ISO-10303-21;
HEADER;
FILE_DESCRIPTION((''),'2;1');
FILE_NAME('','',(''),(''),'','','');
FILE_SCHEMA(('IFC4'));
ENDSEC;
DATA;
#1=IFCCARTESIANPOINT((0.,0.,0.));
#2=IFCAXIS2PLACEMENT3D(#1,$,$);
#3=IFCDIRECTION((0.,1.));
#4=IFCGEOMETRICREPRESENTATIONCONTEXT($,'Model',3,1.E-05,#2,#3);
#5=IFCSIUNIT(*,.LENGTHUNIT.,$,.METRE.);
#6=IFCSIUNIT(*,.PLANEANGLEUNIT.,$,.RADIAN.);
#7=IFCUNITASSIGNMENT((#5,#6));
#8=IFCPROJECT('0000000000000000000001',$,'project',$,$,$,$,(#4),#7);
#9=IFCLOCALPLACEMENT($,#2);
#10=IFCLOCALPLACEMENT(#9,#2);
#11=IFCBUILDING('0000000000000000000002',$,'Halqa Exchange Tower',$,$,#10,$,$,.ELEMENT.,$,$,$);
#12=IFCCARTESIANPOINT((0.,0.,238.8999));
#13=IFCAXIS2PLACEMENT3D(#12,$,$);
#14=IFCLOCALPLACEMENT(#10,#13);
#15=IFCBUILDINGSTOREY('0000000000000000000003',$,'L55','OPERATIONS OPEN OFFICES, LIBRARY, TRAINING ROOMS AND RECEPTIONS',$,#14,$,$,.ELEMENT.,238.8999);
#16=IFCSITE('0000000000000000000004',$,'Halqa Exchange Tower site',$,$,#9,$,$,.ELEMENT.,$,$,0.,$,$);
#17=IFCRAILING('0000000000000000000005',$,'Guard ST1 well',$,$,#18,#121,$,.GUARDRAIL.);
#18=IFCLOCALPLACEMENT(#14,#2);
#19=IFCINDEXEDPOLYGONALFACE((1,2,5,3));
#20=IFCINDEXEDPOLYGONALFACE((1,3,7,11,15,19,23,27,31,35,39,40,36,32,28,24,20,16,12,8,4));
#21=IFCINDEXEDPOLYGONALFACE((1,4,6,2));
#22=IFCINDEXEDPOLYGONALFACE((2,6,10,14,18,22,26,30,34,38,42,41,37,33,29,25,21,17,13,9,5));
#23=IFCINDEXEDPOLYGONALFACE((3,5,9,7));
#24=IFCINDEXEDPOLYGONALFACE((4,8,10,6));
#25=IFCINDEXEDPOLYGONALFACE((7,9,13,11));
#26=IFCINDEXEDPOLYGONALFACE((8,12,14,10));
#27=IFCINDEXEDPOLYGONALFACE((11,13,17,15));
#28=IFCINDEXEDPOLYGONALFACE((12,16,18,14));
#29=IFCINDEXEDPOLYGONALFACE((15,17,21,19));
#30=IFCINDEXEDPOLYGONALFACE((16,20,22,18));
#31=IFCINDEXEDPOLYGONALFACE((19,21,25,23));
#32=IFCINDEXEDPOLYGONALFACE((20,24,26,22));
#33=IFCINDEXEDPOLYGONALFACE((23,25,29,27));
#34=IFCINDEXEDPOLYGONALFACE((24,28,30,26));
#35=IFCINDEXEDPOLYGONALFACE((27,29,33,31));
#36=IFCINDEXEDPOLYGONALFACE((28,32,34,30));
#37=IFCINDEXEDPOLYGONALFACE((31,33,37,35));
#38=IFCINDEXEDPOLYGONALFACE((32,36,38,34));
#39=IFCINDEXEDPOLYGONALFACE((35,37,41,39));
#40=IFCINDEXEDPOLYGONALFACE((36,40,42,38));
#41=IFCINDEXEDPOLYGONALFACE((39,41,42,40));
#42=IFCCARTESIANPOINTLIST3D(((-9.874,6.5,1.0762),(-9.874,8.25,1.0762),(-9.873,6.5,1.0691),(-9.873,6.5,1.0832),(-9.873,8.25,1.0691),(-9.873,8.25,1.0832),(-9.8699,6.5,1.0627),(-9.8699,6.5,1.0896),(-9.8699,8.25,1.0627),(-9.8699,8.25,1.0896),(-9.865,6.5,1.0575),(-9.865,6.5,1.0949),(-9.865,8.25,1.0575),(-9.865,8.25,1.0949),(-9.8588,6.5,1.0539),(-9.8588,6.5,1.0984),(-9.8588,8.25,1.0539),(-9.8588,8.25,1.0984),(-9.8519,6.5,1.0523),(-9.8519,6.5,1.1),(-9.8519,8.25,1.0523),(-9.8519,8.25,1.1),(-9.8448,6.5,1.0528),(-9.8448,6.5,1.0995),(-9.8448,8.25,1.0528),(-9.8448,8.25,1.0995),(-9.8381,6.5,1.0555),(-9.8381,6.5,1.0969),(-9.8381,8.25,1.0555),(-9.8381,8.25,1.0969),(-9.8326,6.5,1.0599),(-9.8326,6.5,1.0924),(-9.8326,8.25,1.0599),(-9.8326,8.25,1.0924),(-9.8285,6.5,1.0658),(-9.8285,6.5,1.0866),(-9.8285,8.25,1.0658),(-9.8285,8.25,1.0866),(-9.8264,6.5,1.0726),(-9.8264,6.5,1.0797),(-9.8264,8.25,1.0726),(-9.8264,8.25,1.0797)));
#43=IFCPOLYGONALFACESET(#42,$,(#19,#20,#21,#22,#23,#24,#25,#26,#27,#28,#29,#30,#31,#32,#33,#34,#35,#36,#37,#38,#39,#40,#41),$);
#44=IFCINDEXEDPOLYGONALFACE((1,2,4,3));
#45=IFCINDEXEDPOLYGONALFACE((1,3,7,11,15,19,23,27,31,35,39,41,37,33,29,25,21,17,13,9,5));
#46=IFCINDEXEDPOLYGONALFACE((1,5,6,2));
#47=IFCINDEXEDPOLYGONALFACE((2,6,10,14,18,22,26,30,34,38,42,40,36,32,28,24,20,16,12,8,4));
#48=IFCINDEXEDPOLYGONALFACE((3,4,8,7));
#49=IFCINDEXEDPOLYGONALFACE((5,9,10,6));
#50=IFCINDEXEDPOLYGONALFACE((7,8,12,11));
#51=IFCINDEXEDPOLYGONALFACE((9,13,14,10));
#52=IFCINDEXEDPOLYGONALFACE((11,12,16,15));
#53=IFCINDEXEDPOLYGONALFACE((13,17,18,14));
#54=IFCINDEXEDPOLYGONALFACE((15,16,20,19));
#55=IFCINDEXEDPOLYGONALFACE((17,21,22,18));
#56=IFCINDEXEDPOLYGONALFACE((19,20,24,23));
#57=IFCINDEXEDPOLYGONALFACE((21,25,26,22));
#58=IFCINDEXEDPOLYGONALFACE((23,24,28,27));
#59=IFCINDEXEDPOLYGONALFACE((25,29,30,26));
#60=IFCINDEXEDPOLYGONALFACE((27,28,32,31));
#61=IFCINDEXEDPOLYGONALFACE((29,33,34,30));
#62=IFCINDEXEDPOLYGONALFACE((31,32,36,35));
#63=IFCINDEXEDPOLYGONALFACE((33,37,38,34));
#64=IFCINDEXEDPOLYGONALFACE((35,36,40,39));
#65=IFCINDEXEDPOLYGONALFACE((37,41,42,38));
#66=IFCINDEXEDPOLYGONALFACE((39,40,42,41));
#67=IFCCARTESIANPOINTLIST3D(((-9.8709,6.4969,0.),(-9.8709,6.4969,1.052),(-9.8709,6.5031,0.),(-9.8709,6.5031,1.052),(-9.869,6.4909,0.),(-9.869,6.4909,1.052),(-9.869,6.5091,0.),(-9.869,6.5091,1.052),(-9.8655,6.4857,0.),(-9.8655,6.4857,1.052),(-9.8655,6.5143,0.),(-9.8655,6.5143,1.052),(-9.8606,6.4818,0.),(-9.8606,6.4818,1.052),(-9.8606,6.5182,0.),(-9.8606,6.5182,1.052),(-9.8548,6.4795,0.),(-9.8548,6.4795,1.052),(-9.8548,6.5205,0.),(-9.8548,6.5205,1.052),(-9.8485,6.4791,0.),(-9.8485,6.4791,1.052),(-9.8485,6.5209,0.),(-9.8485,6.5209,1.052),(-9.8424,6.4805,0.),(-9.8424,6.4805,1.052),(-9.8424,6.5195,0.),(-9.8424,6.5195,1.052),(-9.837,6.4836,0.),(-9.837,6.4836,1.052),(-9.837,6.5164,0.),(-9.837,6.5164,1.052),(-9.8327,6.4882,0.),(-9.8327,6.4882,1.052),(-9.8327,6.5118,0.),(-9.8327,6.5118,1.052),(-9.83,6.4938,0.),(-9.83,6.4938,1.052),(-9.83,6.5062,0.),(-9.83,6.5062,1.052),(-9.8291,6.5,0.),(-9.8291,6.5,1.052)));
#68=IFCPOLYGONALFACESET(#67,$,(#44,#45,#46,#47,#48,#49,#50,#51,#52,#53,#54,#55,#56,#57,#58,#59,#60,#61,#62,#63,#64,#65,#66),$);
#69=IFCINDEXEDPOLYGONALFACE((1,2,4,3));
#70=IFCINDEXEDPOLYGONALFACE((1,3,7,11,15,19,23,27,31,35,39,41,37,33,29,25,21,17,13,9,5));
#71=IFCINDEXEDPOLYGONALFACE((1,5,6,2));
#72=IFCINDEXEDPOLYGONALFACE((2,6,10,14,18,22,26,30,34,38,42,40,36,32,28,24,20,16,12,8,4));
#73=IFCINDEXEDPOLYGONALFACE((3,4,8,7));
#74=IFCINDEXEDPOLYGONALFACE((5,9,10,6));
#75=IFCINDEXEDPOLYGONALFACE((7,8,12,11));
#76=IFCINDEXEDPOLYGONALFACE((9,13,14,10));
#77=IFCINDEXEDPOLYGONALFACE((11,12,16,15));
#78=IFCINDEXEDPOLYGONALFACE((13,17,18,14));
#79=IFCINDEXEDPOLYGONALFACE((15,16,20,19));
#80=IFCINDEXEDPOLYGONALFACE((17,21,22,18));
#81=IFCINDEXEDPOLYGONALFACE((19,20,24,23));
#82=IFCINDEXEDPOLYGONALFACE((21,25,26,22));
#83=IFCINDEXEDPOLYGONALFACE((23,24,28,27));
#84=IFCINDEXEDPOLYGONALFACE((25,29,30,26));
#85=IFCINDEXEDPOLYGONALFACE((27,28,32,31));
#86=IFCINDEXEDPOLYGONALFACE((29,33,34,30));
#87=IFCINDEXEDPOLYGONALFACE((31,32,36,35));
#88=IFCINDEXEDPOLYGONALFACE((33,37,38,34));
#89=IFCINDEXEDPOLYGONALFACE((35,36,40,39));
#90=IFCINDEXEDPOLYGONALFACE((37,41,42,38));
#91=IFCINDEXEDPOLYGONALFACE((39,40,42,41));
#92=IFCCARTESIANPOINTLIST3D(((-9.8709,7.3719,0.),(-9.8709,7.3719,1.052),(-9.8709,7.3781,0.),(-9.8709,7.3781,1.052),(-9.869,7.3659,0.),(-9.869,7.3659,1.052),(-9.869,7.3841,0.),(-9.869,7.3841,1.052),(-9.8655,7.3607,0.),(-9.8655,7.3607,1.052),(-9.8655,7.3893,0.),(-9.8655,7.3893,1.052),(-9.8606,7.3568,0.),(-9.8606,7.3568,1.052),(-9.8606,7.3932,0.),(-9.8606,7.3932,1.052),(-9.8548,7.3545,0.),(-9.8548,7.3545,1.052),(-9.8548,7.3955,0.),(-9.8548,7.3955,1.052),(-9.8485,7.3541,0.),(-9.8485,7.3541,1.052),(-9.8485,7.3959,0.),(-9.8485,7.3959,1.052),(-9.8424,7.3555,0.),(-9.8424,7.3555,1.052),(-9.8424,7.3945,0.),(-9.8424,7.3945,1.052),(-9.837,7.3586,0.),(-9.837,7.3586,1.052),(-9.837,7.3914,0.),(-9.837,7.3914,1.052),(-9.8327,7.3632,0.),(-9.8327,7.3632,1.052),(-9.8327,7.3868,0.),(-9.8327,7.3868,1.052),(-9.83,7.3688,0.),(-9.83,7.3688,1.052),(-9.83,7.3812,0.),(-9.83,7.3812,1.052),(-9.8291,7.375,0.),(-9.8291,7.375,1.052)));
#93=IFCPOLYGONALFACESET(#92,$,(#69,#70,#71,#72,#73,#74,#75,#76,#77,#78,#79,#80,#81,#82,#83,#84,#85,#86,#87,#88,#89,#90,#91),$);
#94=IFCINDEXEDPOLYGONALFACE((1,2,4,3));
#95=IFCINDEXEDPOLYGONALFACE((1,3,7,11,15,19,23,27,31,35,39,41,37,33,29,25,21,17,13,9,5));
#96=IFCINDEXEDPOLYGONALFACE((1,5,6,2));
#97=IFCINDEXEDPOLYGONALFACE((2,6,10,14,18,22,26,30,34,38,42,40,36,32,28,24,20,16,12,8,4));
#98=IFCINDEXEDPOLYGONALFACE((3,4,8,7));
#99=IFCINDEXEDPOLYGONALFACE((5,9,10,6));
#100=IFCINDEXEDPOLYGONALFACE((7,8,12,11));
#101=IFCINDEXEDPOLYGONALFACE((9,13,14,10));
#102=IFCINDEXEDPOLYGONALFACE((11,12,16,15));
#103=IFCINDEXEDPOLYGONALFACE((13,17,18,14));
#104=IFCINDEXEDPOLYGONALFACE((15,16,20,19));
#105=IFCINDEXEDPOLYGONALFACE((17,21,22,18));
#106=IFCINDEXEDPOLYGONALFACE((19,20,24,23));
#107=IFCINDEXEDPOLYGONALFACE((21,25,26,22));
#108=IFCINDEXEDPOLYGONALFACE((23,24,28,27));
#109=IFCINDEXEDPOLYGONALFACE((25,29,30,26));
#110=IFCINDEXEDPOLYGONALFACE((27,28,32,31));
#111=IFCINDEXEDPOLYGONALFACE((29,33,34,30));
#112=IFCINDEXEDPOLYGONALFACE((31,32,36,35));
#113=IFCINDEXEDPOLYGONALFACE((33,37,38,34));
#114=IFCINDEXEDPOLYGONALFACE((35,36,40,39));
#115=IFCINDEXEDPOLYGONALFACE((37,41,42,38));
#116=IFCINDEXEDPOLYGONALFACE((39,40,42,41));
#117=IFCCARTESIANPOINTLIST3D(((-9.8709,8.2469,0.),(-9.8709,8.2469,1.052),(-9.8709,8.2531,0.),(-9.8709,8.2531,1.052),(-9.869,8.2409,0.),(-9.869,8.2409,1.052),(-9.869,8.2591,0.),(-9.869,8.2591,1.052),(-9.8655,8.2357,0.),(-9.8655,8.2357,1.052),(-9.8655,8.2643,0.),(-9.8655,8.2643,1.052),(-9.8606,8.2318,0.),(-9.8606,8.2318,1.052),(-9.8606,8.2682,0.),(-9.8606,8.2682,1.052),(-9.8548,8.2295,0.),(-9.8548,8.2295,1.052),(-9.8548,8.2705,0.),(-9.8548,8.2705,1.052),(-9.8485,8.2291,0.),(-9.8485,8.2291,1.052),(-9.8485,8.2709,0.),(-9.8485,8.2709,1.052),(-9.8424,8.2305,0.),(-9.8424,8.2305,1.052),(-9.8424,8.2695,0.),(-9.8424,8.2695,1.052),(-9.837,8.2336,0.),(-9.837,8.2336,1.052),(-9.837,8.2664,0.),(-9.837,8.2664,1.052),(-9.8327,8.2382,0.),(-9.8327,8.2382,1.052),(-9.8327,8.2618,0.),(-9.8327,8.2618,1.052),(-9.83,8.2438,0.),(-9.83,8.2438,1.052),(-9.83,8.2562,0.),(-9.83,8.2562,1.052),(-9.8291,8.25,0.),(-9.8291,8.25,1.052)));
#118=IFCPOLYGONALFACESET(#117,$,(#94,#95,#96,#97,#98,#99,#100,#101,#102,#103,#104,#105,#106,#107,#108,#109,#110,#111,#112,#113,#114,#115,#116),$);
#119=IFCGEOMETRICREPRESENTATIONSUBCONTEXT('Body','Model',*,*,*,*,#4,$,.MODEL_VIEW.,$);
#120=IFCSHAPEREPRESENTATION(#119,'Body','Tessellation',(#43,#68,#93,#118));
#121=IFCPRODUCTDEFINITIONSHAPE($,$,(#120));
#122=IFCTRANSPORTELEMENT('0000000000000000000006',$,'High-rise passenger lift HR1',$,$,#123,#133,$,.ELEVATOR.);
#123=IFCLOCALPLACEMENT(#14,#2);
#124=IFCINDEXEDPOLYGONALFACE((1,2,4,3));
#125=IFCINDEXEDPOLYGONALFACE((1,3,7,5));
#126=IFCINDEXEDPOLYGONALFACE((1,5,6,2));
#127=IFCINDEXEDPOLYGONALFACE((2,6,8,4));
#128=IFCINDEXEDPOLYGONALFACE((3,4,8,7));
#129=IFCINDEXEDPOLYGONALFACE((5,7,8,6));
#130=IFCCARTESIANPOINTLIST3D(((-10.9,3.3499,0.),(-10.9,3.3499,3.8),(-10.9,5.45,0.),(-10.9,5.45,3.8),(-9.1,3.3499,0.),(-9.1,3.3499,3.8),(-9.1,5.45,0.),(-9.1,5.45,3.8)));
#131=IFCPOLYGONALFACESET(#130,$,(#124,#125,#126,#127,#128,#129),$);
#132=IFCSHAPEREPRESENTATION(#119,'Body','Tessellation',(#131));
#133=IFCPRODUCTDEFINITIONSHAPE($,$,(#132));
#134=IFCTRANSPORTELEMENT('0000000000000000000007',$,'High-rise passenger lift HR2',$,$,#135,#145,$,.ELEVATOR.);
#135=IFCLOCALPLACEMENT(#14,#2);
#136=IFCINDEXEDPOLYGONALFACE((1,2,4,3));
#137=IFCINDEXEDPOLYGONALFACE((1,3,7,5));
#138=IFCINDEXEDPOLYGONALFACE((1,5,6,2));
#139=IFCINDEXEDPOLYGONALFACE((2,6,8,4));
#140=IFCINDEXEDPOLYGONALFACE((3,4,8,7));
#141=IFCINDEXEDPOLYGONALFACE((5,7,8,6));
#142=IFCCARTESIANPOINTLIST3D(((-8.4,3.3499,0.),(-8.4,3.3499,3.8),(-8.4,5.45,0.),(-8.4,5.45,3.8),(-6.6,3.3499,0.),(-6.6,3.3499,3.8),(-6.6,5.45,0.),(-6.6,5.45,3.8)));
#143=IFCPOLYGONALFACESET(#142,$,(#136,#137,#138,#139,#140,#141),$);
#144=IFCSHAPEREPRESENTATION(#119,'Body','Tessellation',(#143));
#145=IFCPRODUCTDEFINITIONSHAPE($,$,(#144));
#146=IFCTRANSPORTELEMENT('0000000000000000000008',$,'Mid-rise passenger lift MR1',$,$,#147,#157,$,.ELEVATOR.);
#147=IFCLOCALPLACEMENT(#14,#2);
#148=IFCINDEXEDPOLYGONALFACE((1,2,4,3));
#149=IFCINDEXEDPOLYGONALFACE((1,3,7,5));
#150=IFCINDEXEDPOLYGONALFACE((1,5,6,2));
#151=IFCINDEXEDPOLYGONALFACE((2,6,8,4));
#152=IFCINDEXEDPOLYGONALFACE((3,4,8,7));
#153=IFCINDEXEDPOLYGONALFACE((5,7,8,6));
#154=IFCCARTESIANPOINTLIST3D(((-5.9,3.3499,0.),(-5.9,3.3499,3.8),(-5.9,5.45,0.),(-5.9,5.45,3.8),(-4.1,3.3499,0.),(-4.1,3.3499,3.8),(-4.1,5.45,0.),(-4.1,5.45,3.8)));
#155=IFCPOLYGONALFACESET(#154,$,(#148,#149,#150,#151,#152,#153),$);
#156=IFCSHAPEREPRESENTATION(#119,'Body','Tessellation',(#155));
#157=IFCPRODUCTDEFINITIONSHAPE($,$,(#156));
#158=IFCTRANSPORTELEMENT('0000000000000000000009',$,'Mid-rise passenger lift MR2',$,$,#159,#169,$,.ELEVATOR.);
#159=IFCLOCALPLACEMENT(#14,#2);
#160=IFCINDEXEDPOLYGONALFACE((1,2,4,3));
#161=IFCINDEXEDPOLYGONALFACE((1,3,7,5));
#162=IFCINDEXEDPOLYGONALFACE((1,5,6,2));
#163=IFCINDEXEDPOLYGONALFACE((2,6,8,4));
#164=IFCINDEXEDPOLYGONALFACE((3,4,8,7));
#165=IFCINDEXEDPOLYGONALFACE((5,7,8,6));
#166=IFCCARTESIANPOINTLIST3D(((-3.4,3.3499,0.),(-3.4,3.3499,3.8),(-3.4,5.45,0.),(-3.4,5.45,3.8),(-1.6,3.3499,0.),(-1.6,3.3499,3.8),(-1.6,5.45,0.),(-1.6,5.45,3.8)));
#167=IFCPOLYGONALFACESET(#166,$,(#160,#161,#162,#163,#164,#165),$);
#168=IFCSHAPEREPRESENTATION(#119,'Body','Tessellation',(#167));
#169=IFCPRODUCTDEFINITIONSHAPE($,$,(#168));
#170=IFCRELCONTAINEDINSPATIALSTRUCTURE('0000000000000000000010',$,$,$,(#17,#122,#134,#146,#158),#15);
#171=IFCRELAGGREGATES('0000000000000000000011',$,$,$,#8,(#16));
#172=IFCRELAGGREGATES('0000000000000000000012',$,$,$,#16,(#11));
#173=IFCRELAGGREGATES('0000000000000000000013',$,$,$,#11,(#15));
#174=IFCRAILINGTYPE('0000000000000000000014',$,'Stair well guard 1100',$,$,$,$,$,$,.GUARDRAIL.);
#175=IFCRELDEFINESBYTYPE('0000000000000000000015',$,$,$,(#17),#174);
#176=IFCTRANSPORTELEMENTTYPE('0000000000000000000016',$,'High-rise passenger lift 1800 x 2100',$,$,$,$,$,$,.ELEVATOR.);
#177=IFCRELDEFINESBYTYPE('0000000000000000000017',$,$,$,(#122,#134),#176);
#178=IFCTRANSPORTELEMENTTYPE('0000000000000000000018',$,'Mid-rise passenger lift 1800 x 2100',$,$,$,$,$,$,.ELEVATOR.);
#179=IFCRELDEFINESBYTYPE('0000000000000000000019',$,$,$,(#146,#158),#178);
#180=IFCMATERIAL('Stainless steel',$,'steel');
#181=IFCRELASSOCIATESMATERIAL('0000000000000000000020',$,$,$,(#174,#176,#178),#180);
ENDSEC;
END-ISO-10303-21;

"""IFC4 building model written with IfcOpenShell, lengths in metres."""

from ifc_helpers import new_model, si_unit, direction, frame, origin, origin_2d, place, context, subcontext, project, spatial, rectangle, circle, extrude, material, type_object, element, save


model = new_model("IFC4")

# Units and contexts
model_context = context("Model", 3, precision=1e-05, world=origin(), true_north=direction((0.0, 1.0)))
body_context = subcontext(model_context, "Body", "Model", "MODEL_VIEW")
ifc_project = project(units=[si_unit("LENGTHUNIT", "METRE"), si_unit("PLANEANGLEUNIT", "RADIAN")], contexts=[model_context])

# Site, building, storey
site_placement = place(None, origin())
site = spatial("IfcSite", under=ifc_project, at=site_placement, Name="Halqa Exchange Tower site", CompositionType="ELEMENT", RefElevation=0.0)
building_placement = place(site_placement, origin())
building = spatial("IfcBuilding", under=site, at=building_placement, Name="Halqa Exchange Tower", CompositionType="ELEMENT")
storey_placement = place(building_placement, frame((0.0, 0.0, 238.8999)))
storey = spatial("IfcBuildingStorey", under=building, at=storey_placement, Name="L55", Description="OPERATIONS OPEN OFFICES, LIBRARY, TRAINING ROOMS AND RECEPTIONS", CompositionType="ELEMENT", Elevation=238.8999)

# Shared definitions
ifc_material_1 = material(Name="Stainless steel", Category="steel")

# Railing
railing_type_1 = type_object("IfcRailingType", Name="Stair well guard 1100", PredefinedType="GUARDRAIL", material=ifc_material_1)
railing_1_placement = place(storey_placement, frame((-9.8501, 6.5, 0.0)))
element("IfcRailing", 1, at=railing_1_placement, inside=storey, type_object=railing_type_1, Name="Guard ST1 well", PredefinedType="GUARDRAIL", context=body_context, shape_type="SweptSolid", body=[
    extrude(circle(Radius=0.0239, at=origin_2d()), frame((0.0, 0.0, 1.0762), z_axis=(0.0, 1.0, 0.0), x_axis=(-1.0, 0.0, 0.0)), (0.0, 0.0, 1.0), 1.75),
    extrude(circle(Radius=0.021, at=origin_2d()), origin(), (0.0, 0.0, 1.0), 1.052),
    extrude(circle(Radius=0.021, at=origin_2d()), frame((0.0, 0.875, 0.0)), (0.0, 0.0, 1.0), 1.052),
    extrude(circle(Radius=0.021, at=origin_2d()), frame((0.0, 1.75, 0.0)), (0.0, 0.0, 1.0), 1.052),
])

# Transport elements
transport_element_type_1 = type_object("IfcTransportElementType", Name="High-rise passenger lift 1800 x 2100", PredefinedType="ELEVATOR", material=ifc_material_1)
for number, where, z_axis, x_axis, name in (
    (2, (-10.0, 4.3999, 0.0), (0.0, 0.0, 1.0), (1.0, 0.0, 0.0), "High-rise passenger lift HR1"),
    (3, (-7.5, 4.3999, 0.0), (0.0, 0.0, 1.0), (1.0, 0.0, 0.0), "High-rise passenger lift HR2"),
):
    element("IfcTransportElement", number, at=place(storey_placement, frame(where, z_axis=z_axis, x_axis=x_axis)), inside=storey, type_object=transport_element_type_1, Name=name, PredefinedType="ELEVATOR", context=body_context, shape_type="SweptSolid", body=[
        extrude(rectangle(XDim=1.8, YDim=2.1001, at=origin_2d()), origin(), (0.0, 0.0, 1.0), 3.8),
    ])
transport_element_type_2 = type_object("IfcTransportElementType", Name="Mid-rise passenger lift 1800 x 2100", PredefinedType="ELEVATOR", material=ifc_material_1)
for number, where, z_axis, x_axis, name in (
    (4, (-5.0, 4.3999, 0.0), (0.0, 0.0, 1.0), (1.0, 0.0, 0.0), "Mid-rise passenger lift MR1"),
    (5, (-2.5, 4.3999, 0.0), (0.0, 0.0, 1.0), (1.0, 0.0, 0.0), "Mid-rise passenger lift MR2"),
):
    element("IfcTransportElement", number, at=place(storey_placement, frame(where, z_axis=z_axis, x_axis=x_axis)), inside=storey, type_object=transport_element_type_2, Name=name, PredefinedType="ELEVATOR", context=body_context, shape_type="SweptSolid", body=[
        extrude(rectangle(XDim=1.8, YDim=2.1001, at=origin_2d()), origin(), (0.0, 0.0, 1.0), 3.8),
    ])

save(model, "model.ifc")
